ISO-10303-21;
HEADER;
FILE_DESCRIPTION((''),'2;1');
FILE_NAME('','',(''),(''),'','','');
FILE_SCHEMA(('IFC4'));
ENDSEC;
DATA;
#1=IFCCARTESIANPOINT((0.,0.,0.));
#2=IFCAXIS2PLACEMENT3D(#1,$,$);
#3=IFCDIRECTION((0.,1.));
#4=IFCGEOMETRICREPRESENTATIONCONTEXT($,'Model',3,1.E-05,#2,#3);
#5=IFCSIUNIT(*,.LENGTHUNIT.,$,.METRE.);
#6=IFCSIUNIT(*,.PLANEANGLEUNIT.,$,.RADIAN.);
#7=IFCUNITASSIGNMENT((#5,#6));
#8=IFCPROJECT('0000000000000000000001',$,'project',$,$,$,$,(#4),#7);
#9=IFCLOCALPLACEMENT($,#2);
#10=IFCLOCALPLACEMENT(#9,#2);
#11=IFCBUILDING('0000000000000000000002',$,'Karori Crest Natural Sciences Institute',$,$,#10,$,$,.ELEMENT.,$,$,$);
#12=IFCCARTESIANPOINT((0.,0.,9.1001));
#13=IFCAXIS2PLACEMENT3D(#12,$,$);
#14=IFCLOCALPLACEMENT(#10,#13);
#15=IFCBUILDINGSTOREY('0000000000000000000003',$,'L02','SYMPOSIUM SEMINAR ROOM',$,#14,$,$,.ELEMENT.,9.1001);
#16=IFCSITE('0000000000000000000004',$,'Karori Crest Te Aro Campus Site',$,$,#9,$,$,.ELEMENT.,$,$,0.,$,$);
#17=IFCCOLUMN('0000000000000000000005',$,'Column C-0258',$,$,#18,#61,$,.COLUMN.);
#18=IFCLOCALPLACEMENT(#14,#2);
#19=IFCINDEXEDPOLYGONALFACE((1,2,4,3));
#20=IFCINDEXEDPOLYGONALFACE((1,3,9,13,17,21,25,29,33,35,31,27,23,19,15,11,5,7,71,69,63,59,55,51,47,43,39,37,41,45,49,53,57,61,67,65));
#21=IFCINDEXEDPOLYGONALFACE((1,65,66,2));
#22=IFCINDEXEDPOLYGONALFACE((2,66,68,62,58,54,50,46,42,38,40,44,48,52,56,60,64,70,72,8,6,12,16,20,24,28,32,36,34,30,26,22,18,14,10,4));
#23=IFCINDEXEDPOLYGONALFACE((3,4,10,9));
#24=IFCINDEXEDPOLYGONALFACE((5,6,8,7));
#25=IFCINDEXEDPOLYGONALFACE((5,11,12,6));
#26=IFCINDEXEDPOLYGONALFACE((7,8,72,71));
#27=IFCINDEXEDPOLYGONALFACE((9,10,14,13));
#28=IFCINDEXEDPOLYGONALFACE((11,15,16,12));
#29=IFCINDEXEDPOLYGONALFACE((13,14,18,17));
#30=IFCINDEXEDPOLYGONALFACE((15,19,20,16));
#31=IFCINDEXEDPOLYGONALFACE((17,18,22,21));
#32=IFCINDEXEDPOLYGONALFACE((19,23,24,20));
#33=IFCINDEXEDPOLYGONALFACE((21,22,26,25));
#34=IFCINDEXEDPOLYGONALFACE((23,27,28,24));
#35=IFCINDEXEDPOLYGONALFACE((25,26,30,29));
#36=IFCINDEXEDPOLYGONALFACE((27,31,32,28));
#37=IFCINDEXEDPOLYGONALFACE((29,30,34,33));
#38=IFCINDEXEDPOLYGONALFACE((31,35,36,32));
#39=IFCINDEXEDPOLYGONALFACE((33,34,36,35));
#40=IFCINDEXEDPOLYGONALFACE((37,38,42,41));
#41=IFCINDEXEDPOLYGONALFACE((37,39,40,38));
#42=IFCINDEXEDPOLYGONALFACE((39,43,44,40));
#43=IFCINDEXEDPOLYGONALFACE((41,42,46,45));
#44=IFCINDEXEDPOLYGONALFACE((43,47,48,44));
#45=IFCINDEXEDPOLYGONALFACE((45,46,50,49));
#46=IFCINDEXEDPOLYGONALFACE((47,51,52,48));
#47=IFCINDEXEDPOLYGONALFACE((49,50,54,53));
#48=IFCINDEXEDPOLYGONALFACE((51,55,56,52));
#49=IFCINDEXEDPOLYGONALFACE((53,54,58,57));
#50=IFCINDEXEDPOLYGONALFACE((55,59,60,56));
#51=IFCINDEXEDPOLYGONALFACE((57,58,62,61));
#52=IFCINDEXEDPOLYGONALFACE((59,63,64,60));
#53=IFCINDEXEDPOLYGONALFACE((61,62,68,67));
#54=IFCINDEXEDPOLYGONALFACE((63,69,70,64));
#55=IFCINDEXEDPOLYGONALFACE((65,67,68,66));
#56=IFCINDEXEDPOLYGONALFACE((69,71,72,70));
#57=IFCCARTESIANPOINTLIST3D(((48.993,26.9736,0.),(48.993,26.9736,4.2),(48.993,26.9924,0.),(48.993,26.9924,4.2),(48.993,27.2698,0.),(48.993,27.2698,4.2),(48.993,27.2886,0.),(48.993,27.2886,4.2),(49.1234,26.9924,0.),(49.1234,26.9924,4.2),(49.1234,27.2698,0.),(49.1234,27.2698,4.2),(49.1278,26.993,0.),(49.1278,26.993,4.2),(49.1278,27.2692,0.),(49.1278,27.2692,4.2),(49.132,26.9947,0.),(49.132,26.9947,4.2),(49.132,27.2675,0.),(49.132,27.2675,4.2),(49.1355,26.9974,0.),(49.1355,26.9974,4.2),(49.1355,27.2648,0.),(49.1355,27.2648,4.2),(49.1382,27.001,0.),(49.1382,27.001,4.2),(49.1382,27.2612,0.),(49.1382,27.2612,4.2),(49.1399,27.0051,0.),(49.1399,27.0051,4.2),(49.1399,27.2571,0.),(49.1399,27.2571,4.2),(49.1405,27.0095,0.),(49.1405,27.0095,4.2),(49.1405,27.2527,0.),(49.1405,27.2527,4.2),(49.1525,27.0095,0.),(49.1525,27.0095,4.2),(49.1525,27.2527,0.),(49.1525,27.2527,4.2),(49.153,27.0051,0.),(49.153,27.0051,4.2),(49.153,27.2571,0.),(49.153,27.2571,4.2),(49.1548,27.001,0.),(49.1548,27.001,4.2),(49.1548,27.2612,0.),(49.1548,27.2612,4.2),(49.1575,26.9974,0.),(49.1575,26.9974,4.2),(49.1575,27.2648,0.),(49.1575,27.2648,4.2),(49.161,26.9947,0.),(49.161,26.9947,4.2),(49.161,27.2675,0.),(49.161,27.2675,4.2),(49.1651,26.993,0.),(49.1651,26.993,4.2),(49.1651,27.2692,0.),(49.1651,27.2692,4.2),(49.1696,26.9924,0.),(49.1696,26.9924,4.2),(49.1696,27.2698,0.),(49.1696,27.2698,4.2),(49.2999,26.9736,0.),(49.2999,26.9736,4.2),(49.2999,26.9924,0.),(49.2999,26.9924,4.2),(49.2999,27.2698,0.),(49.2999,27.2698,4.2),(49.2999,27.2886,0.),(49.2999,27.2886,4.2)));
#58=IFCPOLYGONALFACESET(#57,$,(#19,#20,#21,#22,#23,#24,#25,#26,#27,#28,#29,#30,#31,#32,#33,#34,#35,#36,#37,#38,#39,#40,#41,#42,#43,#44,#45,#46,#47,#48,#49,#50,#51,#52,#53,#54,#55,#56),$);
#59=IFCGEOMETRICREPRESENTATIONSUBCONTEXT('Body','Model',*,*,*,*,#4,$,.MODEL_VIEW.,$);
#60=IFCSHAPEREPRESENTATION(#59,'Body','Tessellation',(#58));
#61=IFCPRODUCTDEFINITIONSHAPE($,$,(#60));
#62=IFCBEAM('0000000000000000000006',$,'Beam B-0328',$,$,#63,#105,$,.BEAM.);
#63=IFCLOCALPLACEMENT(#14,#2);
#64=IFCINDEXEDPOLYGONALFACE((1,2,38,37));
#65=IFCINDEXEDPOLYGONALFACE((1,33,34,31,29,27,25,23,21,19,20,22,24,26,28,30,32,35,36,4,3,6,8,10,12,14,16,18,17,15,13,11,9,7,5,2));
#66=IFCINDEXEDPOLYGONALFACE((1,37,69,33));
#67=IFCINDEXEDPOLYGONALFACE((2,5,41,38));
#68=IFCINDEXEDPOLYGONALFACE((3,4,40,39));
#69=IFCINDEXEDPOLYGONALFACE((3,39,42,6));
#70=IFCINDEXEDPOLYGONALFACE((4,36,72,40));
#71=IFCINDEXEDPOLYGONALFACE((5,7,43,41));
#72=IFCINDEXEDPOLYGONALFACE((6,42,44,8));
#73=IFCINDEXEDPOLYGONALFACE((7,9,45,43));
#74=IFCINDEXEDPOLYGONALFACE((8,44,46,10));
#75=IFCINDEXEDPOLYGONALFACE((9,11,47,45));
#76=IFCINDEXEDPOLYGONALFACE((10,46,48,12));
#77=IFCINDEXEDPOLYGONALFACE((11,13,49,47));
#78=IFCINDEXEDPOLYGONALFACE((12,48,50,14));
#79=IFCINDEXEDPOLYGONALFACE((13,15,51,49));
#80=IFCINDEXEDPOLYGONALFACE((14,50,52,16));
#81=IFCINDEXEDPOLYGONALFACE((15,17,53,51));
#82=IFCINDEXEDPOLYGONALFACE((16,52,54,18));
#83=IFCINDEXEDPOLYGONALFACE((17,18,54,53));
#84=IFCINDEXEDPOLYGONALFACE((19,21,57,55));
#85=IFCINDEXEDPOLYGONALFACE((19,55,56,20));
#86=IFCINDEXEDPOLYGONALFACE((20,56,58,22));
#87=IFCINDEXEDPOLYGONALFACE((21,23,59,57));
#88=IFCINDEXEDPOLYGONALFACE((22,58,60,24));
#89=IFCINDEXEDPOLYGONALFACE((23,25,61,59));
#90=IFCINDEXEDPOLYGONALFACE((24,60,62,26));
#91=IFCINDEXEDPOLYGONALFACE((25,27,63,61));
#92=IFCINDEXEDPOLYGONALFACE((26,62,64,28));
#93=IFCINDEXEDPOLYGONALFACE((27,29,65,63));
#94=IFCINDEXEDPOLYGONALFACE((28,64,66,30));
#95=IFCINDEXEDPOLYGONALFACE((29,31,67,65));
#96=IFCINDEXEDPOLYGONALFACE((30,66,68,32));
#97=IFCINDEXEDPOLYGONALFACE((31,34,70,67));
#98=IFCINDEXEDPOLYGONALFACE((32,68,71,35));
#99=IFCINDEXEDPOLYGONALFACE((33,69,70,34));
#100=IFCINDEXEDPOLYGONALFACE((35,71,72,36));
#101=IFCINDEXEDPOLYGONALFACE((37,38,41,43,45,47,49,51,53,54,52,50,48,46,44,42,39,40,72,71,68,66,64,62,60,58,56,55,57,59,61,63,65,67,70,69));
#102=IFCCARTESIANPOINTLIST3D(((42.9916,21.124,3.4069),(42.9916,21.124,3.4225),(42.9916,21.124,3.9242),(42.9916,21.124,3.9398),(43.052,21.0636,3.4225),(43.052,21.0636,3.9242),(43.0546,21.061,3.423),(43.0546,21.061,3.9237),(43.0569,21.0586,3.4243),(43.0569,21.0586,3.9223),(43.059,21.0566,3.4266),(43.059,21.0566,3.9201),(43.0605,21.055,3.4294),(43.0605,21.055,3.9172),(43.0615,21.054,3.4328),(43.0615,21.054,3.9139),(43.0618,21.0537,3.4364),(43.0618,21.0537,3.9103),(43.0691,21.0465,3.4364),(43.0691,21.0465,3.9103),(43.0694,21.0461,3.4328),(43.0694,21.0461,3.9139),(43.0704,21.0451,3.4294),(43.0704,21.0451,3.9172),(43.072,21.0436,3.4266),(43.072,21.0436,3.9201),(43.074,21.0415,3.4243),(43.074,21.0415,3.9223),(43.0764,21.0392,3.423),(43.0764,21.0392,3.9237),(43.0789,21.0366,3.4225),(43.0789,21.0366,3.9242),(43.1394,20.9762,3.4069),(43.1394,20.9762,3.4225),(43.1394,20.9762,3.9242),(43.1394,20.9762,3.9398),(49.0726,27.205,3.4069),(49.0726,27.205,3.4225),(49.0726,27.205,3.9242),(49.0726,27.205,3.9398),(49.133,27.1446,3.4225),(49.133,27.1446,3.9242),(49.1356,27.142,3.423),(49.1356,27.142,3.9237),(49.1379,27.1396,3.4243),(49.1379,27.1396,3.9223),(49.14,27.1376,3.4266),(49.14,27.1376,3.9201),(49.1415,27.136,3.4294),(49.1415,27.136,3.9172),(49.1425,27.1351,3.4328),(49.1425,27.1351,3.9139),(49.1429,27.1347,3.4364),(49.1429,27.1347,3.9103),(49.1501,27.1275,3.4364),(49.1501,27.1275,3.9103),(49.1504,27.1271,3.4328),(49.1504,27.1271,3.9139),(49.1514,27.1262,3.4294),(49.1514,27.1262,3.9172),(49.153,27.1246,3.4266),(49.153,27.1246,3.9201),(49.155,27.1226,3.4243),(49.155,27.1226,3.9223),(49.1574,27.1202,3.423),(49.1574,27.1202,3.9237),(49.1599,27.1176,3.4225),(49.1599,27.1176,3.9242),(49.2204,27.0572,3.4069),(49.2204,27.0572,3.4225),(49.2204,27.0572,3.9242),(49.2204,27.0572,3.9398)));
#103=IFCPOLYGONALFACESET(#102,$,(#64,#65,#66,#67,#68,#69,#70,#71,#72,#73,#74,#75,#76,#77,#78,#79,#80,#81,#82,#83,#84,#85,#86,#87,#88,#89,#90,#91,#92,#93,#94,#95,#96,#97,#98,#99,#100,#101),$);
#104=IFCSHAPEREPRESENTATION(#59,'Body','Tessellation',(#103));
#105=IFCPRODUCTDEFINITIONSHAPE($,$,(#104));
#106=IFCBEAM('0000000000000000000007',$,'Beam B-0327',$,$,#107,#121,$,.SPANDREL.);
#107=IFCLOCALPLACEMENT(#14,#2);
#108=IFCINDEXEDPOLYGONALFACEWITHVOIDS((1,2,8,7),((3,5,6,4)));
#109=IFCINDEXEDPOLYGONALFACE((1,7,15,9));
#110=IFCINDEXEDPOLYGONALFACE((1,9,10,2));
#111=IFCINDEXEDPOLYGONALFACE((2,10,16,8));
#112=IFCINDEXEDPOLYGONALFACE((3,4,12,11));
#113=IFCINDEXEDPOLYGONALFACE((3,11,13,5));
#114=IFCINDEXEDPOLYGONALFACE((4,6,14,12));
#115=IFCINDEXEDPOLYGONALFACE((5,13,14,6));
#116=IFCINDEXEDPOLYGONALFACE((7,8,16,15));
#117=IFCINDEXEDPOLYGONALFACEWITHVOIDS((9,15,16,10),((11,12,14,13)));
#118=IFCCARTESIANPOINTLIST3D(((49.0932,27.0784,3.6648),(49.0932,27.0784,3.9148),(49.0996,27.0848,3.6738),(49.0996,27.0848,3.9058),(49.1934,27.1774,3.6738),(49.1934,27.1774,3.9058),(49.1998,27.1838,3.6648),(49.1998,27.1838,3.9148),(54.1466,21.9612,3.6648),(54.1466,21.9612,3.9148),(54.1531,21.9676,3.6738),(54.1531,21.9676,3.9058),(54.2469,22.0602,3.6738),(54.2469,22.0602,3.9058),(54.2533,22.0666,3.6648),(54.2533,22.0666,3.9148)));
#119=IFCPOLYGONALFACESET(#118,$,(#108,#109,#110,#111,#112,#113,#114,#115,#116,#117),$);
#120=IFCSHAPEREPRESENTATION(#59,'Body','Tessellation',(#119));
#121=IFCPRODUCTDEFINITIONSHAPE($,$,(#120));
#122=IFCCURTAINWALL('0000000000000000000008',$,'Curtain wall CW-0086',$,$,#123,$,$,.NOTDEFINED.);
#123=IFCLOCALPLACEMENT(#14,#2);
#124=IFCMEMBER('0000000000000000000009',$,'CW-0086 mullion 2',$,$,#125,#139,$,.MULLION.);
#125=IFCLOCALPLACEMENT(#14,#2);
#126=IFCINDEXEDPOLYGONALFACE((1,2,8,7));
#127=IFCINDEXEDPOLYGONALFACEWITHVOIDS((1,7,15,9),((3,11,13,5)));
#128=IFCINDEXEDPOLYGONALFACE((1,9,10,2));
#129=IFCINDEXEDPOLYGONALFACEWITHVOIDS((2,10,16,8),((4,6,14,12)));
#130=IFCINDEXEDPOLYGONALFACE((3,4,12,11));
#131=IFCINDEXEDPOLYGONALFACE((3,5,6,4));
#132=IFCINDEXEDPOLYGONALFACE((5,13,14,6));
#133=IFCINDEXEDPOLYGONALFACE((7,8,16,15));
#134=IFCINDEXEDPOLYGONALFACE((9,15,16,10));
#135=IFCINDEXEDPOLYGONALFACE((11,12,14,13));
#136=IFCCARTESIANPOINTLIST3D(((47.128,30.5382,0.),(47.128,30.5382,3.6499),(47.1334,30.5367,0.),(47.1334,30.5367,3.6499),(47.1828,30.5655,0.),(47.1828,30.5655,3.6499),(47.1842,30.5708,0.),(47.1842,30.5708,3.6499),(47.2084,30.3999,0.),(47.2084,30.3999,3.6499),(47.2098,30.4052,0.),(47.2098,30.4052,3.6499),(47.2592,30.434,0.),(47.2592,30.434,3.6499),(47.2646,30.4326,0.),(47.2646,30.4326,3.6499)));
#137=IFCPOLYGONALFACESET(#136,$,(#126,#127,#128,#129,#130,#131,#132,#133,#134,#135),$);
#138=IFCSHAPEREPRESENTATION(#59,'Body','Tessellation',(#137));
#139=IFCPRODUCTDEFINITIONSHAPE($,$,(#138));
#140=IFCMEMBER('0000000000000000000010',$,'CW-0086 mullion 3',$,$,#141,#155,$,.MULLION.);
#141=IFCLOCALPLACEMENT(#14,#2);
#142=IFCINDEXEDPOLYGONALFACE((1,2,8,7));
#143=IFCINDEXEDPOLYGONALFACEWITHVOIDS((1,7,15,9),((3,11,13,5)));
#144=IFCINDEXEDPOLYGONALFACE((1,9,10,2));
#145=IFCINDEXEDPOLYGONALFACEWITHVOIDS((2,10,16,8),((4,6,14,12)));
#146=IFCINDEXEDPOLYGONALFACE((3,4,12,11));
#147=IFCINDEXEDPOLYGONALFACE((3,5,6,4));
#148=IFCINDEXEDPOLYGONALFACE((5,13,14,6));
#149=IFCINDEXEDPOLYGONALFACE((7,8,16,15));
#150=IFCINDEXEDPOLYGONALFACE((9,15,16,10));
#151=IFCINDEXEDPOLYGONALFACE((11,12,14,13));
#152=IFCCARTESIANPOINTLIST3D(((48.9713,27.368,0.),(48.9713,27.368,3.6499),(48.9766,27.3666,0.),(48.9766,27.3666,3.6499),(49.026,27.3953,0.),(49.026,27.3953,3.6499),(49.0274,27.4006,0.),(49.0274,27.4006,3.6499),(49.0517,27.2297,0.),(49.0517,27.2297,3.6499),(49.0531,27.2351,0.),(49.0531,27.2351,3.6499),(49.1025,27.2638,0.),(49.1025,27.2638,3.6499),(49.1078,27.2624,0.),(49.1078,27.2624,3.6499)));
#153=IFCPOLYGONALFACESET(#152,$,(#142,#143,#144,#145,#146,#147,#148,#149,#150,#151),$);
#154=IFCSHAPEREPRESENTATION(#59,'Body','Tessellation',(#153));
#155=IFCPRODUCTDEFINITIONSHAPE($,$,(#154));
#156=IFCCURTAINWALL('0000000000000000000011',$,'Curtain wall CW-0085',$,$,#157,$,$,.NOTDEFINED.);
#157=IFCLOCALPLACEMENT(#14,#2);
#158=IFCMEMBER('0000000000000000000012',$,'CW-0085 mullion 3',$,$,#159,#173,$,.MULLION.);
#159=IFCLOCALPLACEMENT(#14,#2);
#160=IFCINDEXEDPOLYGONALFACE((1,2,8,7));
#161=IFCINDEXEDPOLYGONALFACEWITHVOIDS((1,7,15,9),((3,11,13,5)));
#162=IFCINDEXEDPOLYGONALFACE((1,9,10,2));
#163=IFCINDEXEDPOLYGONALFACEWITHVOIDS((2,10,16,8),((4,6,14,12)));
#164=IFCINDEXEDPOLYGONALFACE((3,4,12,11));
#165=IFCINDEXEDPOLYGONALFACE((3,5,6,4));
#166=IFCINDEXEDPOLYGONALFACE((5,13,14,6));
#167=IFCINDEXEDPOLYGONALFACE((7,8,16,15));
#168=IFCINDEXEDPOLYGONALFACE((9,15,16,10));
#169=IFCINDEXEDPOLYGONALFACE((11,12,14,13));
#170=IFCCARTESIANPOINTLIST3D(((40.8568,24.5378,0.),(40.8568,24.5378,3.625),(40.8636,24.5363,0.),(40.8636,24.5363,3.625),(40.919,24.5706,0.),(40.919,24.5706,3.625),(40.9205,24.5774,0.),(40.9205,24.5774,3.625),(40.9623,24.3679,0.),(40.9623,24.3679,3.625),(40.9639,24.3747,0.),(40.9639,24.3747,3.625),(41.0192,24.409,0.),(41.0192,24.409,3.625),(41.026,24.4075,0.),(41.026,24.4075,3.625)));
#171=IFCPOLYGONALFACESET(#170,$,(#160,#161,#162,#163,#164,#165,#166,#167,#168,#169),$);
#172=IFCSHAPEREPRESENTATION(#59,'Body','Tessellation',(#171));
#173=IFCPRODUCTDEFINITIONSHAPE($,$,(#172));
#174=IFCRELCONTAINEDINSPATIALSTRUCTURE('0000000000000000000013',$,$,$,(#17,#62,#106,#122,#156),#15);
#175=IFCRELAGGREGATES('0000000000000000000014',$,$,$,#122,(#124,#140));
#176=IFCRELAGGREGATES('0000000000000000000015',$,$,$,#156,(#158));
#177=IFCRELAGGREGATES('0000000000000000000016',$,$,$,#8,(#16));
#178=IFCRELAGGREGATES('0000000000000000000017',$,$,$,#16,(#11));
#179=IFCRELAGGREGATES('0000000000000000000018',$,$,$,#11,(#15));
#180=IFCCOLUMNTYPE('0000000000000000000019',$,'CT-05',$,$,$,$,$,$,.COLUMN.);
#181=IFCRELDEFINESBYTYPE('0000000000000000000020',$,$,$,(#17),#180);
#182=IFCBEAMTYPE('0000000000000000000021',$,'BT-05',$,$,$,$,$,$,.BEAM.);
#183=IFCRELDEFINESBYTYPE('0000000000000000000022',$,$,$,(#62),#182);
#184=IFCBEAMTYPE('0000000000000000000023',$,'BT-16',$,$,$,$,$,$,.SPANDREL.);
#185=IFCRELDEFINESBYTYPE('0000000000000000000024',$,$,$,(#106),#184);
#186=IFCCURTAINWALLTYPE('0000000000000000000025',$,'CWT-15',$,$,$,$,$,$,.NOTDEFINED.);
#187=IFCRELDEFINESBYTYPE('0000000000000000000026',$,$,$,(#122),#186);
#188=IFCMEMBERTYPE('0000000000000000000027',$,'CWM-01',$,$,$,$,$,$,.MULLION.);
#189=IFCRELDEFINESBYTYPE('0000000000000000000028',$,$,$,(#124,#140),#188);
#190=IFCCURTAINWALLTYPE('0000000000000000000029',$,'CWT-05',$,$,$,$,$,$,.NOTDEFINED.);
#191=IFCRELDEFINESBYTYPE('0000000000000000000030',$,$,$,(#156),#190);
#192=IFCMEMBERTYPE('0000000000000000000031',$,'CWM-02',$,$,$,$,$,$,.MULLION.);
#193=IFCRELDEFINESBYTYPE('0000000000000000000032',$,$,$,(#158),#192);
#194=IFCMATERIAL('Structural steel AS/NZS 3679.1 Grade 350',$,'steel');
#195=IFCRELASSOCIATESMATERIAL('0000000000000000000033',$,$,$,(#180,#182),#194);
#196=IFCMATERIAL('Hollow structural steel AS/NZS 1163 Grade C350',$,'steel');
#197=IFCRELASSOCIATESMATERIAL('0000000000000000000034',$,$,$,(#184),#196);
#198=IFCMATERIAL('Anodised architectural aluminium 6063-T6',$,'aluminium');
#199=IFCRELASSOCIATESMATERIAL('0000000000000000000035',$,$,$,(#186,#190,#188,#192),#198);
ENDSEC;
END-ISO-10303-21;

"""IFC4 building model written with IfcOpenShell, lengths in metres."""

from ifc_helpers import new_model, si_unit, direction, frame, origin, origin_2d, place, context, subcontext, project, spatial, hollow_rectangle, i_section, extrude, material, material_profile, profile_set, type_object, element, aggregate, save


model = new_model("IFC4")

# Units and contexts
model_context = context("Model", 3, precision=1e-05, world=origin(), true_north=direction((0.0, 1.0)))
body_context = subcontext(model_context, "Body", "Model", "MODEL_VIEW")
ifc_project = project(units=[si_unit("LENGTHUNIT", "METRE"), si_unit("PLANEANGLEUNIT", "RADIAN")], contexts=[model_context])

# Site, building, storey
site_placement = place(None, origin())
site = spatial("IfcSite", under=ifc_project, at=site_placement, Name="Karori Crest Te Aro Campus Site", CompositionType="ELEMENT", RefElevation=0.0)
building_placement = place(site_placement, origin())
building = spatial("IfcBuilding", under=site, at=building_placement, Name="Karori Crest Natural Sciences Institute", CompositionType="ELEMENT")
storey_placement = place(building_placement, frame((0.0, 0.0, 9.1001)))
storey = spatial("IfcBuildingStorey", under=building, at=storey_placement, Name="L02", Description="SYMPOSIUM SEMINAR ROOM", CompositionType="ELEMENT", Elevation=9.1001)

# Column
ifc_material_1 = material(Name="Structural steel AS/NZS 3679.1 Grade 350", Category="steel")
ifc_material_profile_1 = material_profile(ifc_material_1, i_section(OverallWidth=0.3069, OverallDepth=0.3149, WebThickness=0.012, FlangeThickness=0.0188, FilletRadius=0.0171, at=origin_2d()), Name="310UC118")
ifc_profile_set_1 = profile_set([ifc_material_profile_1], Name="Structural steel AS/NZS 3679.1 Grade 350")
column_type = type_object("IfcColumnType", Name="CT-05", PredefinedType="COLUMN", material=ifc_profile_set_1)
column_placement = place(storey_placement, frame((49.1465, 27.1311, 0.0), z_axis=(0.0, 0.0, 1.0), x_axis=(1.0, 0.0, 0.0)))
element("IfcColumn", 1, at=column_placement, inside=storey, type_object=column_type, Name="Column C-0258", PredefinedType="COLUMN", context=body_context, shape_type="SweptSolid", body=[
    extrude(i_section(OverallWidth=0.3069, OverallDepth=0.3149, WebThickness=0.012, FlangeThickness=0.0188, FilletRadius=0.0171, at=origin_2d()), origin(), (0.0, 0.0, 1.0), 4.2),
])

# Beams
ifc_material_profile_2 = material_profile(ifc_material_1, i_section(OverallWidth=0.209, OverallDepth=0.533, WebThickness=0.0103, FlangeThickness=0.0156, FilletRadius=0.0139, at=origin_2d()), Name="530UB92.4")
ifc_profile_set_2 = profile_set([ifc_material_profile_2], Name="Structural steel AS/NZS 3679.1 Grade 350")
beam_type_1 = type_object("IfcBeamType", Name="BT-05", PredefinedType="BEAM", material=ifc_profile_set_2)
beam_1_placement = place(storey_placement, frame((49.1465, 27.1311, 3.6733), z_axis=(-0.707107, -0.707107, 0.0), x_axis=(0.707107, -0.707107, 0.0)))
element("IfcBeam", 2, at=beam_1_placement, inside=storey, type_object=beam_type_1, Name="Beam B-0328", PredefinedType="BEAM", context=body_context, shape_type="SweptSolid", body=[
    extrude(i_section(OverallWidth=0.209, OverallDepth=0.533, WebThickness=0.0103, FlangeThickness=0.0156, FilletRadius=0.0139, at=origin_2d()), origin(), (0.0, 0.0, 1.0), 8.5999),
])
ifc_material_2 = material(Name="Hollow structural steel AS/NZS 1163 Grade C350", Category="steel")
ifc_material_profile_3 = material_profile(ifc_material_2, hollow_rectangle(XDim=0.1499, YDim=0.25, WallThickness=0.009, at=origin_2d()), Name="RHS250x150x9")
ifc_profile_set_3 = profile_set([ifc_material_profile_3], Name="Hollow structural steel AS/NZS 1163 Grade C350")
beam_type_2 = type_object("IfcBeamType", Name="BT-16", PredefinedType="SPANDREL", material=ifc_profile_set_3)
beam_2_placement = place(storey_placement, frame((49.1465, 27.1311, 3.7898), z_axis=(0.702663, -0.711523, 0.0), x_axis=(0.711523, 0.702663, 0.0)))
element("IfcBeam", 3, at=beam_2_placement, inside=storey, type_object=beam_type_2, Name="Beam B-0327", PredefinedType="SPANDREL", context=body_context, shape_type="SweptSolid", body=[
    extrude(hollow_rectangle(XDim=0.1499, YDim=0.25, WallThickness=0.009, at=origin_2d()), origin(), (0.0, 0.0, 1.0), 7.1919),
])

# Curtain wall, members
ifc_material_3 = material(Name="Anodised architectural aluminium 6063-T6", Category="aluminium")
curtain_wall_type_1 = type_object("IfcCurtainWallType", Name="CWT-15", PredefinedType="NOTDEFINED", material=ifc_material_3)
curtain_wall_1_placement = place(storey_placement, origin())
curtain_wall_1 = element("IfcCurtainWall", 4, at=curtain_wall_1_placement, inside=storey, type_object=curtain_wall_type_1, Name="Curtain wall CW-0086", PredefinedType="NOTDEFINED")
ifc_material_profile_4 = material_profile(ifc_material_3, hollow_rectangle(XDim=0.0649, YDim=0.1599, WallThickness=0.0039, at=origin_2d()), Name="CWM160x65x4")
ifc_profile_set_4 = profile_set([ifc_material_profile_4], Name="Anodised architectural aluminium 6063-T6")
member_type_1 = type_object("IfcMemberType", Name="CWM-01", PredefinedType="MULLION", material=ifc_profile_set_4)
member_1_placement = place(storey_placement, frame((47.1963, 30.4854, 0.0), z_axis=(0.0, 0.0, 1.0), x_axis=(0.864484, 0.50266, 0.0)))
member_1 = element("IfcMember", 5, at=member_1_placement, type_object=member_type_1, Name="CW-0086 mullion 2", PredefinedType="MULLION", context=body_context, shape_type="SweptSolid", body=[
    extrude(hollow_rectangle(XDim=0.0649, YDim=0.1599, WallThickness=0.0039, at=origin_2d()), origin(), (0.0, 0.0, 1.0), 3.6499),
])
member_2_placement = place(storey_placement, frame((49.0396, 27.3152, 0.0), z_axis=(0.0, 0.0, 1.0), x_axis=(0.864484, 0.50266, 0.0)))
member_2 = element("IfcMember", 6, at=member_2_placement, type_object=member_type_1, Name="CW-0086 mullion 3", PredefinedType="MULLION", context=body_context, shape_type="SweptSolid", body=[
    extrude(hollow_rectangle(XDim=0.0649, YDim=0.1599, WallThickness=0.0039, at=origin_2d()), origin(), (0.0, 0.0, 1.0), 3.6499),
])

# Curtain wall, member
curtain_wall_type_2 = type_object("IfcCurtainWallType", Name="CWT-05", PredefinedType="NOTDEFINED", material=ifc_material_3)
curtain_wall_2_placement = place(storey_placement, origin())
curtain_wall_2 = element("IfcCurtainWall", 7, at=curtain_wall_2_placement, inside=storey, type_object=curtain_wall_type_2, Name="Curtain wall CW-0085", PredefinedType="NOTDEFINED")
ifc_material_profile_5 = material_profile(ifc_material_3, hollow_rectangle(XDim=0.075, YDim=0.2, WallThickness=0.0049, at=origin_2d()), Name="CWM200x75x5")
ifc_profile_set_5 = profile_set([ifc_material_profile_5], Name="Anodised architectural aluminium 6063-T6")
member_type_2 = type_object("IfcMemberType", Name="CWM-02", PredefinedType="MULLION", material=ifc_profile_set_5)
member_3_placement = place(storey_placement, frame((40.9414, 24.4727, 0.0), z_axis=(0.0, 0.0, 1.0), x_axis=(-0.849666, -0.527322, 0.0)))
member_3 = element("IfcMember", 8, at=member_3_placement, type_object=member_type_2, Name="CW-0085 mullion 3", PredefinedType="MULLION", context=body_context, shape_type="SweptSolid", body=[
    extrude(hollow_rectangle(XDim=0.075, YDim=0.2, WallThickness=0.0049, at=origin_2d()), origin(), (0.0, 0.0, 1.0), 3.625),
])

aggregate(curtain_wall_1, [member_1, member_2])
aggregate(curtain_wall_2, [member_3])

save(model, "model.ifc")
